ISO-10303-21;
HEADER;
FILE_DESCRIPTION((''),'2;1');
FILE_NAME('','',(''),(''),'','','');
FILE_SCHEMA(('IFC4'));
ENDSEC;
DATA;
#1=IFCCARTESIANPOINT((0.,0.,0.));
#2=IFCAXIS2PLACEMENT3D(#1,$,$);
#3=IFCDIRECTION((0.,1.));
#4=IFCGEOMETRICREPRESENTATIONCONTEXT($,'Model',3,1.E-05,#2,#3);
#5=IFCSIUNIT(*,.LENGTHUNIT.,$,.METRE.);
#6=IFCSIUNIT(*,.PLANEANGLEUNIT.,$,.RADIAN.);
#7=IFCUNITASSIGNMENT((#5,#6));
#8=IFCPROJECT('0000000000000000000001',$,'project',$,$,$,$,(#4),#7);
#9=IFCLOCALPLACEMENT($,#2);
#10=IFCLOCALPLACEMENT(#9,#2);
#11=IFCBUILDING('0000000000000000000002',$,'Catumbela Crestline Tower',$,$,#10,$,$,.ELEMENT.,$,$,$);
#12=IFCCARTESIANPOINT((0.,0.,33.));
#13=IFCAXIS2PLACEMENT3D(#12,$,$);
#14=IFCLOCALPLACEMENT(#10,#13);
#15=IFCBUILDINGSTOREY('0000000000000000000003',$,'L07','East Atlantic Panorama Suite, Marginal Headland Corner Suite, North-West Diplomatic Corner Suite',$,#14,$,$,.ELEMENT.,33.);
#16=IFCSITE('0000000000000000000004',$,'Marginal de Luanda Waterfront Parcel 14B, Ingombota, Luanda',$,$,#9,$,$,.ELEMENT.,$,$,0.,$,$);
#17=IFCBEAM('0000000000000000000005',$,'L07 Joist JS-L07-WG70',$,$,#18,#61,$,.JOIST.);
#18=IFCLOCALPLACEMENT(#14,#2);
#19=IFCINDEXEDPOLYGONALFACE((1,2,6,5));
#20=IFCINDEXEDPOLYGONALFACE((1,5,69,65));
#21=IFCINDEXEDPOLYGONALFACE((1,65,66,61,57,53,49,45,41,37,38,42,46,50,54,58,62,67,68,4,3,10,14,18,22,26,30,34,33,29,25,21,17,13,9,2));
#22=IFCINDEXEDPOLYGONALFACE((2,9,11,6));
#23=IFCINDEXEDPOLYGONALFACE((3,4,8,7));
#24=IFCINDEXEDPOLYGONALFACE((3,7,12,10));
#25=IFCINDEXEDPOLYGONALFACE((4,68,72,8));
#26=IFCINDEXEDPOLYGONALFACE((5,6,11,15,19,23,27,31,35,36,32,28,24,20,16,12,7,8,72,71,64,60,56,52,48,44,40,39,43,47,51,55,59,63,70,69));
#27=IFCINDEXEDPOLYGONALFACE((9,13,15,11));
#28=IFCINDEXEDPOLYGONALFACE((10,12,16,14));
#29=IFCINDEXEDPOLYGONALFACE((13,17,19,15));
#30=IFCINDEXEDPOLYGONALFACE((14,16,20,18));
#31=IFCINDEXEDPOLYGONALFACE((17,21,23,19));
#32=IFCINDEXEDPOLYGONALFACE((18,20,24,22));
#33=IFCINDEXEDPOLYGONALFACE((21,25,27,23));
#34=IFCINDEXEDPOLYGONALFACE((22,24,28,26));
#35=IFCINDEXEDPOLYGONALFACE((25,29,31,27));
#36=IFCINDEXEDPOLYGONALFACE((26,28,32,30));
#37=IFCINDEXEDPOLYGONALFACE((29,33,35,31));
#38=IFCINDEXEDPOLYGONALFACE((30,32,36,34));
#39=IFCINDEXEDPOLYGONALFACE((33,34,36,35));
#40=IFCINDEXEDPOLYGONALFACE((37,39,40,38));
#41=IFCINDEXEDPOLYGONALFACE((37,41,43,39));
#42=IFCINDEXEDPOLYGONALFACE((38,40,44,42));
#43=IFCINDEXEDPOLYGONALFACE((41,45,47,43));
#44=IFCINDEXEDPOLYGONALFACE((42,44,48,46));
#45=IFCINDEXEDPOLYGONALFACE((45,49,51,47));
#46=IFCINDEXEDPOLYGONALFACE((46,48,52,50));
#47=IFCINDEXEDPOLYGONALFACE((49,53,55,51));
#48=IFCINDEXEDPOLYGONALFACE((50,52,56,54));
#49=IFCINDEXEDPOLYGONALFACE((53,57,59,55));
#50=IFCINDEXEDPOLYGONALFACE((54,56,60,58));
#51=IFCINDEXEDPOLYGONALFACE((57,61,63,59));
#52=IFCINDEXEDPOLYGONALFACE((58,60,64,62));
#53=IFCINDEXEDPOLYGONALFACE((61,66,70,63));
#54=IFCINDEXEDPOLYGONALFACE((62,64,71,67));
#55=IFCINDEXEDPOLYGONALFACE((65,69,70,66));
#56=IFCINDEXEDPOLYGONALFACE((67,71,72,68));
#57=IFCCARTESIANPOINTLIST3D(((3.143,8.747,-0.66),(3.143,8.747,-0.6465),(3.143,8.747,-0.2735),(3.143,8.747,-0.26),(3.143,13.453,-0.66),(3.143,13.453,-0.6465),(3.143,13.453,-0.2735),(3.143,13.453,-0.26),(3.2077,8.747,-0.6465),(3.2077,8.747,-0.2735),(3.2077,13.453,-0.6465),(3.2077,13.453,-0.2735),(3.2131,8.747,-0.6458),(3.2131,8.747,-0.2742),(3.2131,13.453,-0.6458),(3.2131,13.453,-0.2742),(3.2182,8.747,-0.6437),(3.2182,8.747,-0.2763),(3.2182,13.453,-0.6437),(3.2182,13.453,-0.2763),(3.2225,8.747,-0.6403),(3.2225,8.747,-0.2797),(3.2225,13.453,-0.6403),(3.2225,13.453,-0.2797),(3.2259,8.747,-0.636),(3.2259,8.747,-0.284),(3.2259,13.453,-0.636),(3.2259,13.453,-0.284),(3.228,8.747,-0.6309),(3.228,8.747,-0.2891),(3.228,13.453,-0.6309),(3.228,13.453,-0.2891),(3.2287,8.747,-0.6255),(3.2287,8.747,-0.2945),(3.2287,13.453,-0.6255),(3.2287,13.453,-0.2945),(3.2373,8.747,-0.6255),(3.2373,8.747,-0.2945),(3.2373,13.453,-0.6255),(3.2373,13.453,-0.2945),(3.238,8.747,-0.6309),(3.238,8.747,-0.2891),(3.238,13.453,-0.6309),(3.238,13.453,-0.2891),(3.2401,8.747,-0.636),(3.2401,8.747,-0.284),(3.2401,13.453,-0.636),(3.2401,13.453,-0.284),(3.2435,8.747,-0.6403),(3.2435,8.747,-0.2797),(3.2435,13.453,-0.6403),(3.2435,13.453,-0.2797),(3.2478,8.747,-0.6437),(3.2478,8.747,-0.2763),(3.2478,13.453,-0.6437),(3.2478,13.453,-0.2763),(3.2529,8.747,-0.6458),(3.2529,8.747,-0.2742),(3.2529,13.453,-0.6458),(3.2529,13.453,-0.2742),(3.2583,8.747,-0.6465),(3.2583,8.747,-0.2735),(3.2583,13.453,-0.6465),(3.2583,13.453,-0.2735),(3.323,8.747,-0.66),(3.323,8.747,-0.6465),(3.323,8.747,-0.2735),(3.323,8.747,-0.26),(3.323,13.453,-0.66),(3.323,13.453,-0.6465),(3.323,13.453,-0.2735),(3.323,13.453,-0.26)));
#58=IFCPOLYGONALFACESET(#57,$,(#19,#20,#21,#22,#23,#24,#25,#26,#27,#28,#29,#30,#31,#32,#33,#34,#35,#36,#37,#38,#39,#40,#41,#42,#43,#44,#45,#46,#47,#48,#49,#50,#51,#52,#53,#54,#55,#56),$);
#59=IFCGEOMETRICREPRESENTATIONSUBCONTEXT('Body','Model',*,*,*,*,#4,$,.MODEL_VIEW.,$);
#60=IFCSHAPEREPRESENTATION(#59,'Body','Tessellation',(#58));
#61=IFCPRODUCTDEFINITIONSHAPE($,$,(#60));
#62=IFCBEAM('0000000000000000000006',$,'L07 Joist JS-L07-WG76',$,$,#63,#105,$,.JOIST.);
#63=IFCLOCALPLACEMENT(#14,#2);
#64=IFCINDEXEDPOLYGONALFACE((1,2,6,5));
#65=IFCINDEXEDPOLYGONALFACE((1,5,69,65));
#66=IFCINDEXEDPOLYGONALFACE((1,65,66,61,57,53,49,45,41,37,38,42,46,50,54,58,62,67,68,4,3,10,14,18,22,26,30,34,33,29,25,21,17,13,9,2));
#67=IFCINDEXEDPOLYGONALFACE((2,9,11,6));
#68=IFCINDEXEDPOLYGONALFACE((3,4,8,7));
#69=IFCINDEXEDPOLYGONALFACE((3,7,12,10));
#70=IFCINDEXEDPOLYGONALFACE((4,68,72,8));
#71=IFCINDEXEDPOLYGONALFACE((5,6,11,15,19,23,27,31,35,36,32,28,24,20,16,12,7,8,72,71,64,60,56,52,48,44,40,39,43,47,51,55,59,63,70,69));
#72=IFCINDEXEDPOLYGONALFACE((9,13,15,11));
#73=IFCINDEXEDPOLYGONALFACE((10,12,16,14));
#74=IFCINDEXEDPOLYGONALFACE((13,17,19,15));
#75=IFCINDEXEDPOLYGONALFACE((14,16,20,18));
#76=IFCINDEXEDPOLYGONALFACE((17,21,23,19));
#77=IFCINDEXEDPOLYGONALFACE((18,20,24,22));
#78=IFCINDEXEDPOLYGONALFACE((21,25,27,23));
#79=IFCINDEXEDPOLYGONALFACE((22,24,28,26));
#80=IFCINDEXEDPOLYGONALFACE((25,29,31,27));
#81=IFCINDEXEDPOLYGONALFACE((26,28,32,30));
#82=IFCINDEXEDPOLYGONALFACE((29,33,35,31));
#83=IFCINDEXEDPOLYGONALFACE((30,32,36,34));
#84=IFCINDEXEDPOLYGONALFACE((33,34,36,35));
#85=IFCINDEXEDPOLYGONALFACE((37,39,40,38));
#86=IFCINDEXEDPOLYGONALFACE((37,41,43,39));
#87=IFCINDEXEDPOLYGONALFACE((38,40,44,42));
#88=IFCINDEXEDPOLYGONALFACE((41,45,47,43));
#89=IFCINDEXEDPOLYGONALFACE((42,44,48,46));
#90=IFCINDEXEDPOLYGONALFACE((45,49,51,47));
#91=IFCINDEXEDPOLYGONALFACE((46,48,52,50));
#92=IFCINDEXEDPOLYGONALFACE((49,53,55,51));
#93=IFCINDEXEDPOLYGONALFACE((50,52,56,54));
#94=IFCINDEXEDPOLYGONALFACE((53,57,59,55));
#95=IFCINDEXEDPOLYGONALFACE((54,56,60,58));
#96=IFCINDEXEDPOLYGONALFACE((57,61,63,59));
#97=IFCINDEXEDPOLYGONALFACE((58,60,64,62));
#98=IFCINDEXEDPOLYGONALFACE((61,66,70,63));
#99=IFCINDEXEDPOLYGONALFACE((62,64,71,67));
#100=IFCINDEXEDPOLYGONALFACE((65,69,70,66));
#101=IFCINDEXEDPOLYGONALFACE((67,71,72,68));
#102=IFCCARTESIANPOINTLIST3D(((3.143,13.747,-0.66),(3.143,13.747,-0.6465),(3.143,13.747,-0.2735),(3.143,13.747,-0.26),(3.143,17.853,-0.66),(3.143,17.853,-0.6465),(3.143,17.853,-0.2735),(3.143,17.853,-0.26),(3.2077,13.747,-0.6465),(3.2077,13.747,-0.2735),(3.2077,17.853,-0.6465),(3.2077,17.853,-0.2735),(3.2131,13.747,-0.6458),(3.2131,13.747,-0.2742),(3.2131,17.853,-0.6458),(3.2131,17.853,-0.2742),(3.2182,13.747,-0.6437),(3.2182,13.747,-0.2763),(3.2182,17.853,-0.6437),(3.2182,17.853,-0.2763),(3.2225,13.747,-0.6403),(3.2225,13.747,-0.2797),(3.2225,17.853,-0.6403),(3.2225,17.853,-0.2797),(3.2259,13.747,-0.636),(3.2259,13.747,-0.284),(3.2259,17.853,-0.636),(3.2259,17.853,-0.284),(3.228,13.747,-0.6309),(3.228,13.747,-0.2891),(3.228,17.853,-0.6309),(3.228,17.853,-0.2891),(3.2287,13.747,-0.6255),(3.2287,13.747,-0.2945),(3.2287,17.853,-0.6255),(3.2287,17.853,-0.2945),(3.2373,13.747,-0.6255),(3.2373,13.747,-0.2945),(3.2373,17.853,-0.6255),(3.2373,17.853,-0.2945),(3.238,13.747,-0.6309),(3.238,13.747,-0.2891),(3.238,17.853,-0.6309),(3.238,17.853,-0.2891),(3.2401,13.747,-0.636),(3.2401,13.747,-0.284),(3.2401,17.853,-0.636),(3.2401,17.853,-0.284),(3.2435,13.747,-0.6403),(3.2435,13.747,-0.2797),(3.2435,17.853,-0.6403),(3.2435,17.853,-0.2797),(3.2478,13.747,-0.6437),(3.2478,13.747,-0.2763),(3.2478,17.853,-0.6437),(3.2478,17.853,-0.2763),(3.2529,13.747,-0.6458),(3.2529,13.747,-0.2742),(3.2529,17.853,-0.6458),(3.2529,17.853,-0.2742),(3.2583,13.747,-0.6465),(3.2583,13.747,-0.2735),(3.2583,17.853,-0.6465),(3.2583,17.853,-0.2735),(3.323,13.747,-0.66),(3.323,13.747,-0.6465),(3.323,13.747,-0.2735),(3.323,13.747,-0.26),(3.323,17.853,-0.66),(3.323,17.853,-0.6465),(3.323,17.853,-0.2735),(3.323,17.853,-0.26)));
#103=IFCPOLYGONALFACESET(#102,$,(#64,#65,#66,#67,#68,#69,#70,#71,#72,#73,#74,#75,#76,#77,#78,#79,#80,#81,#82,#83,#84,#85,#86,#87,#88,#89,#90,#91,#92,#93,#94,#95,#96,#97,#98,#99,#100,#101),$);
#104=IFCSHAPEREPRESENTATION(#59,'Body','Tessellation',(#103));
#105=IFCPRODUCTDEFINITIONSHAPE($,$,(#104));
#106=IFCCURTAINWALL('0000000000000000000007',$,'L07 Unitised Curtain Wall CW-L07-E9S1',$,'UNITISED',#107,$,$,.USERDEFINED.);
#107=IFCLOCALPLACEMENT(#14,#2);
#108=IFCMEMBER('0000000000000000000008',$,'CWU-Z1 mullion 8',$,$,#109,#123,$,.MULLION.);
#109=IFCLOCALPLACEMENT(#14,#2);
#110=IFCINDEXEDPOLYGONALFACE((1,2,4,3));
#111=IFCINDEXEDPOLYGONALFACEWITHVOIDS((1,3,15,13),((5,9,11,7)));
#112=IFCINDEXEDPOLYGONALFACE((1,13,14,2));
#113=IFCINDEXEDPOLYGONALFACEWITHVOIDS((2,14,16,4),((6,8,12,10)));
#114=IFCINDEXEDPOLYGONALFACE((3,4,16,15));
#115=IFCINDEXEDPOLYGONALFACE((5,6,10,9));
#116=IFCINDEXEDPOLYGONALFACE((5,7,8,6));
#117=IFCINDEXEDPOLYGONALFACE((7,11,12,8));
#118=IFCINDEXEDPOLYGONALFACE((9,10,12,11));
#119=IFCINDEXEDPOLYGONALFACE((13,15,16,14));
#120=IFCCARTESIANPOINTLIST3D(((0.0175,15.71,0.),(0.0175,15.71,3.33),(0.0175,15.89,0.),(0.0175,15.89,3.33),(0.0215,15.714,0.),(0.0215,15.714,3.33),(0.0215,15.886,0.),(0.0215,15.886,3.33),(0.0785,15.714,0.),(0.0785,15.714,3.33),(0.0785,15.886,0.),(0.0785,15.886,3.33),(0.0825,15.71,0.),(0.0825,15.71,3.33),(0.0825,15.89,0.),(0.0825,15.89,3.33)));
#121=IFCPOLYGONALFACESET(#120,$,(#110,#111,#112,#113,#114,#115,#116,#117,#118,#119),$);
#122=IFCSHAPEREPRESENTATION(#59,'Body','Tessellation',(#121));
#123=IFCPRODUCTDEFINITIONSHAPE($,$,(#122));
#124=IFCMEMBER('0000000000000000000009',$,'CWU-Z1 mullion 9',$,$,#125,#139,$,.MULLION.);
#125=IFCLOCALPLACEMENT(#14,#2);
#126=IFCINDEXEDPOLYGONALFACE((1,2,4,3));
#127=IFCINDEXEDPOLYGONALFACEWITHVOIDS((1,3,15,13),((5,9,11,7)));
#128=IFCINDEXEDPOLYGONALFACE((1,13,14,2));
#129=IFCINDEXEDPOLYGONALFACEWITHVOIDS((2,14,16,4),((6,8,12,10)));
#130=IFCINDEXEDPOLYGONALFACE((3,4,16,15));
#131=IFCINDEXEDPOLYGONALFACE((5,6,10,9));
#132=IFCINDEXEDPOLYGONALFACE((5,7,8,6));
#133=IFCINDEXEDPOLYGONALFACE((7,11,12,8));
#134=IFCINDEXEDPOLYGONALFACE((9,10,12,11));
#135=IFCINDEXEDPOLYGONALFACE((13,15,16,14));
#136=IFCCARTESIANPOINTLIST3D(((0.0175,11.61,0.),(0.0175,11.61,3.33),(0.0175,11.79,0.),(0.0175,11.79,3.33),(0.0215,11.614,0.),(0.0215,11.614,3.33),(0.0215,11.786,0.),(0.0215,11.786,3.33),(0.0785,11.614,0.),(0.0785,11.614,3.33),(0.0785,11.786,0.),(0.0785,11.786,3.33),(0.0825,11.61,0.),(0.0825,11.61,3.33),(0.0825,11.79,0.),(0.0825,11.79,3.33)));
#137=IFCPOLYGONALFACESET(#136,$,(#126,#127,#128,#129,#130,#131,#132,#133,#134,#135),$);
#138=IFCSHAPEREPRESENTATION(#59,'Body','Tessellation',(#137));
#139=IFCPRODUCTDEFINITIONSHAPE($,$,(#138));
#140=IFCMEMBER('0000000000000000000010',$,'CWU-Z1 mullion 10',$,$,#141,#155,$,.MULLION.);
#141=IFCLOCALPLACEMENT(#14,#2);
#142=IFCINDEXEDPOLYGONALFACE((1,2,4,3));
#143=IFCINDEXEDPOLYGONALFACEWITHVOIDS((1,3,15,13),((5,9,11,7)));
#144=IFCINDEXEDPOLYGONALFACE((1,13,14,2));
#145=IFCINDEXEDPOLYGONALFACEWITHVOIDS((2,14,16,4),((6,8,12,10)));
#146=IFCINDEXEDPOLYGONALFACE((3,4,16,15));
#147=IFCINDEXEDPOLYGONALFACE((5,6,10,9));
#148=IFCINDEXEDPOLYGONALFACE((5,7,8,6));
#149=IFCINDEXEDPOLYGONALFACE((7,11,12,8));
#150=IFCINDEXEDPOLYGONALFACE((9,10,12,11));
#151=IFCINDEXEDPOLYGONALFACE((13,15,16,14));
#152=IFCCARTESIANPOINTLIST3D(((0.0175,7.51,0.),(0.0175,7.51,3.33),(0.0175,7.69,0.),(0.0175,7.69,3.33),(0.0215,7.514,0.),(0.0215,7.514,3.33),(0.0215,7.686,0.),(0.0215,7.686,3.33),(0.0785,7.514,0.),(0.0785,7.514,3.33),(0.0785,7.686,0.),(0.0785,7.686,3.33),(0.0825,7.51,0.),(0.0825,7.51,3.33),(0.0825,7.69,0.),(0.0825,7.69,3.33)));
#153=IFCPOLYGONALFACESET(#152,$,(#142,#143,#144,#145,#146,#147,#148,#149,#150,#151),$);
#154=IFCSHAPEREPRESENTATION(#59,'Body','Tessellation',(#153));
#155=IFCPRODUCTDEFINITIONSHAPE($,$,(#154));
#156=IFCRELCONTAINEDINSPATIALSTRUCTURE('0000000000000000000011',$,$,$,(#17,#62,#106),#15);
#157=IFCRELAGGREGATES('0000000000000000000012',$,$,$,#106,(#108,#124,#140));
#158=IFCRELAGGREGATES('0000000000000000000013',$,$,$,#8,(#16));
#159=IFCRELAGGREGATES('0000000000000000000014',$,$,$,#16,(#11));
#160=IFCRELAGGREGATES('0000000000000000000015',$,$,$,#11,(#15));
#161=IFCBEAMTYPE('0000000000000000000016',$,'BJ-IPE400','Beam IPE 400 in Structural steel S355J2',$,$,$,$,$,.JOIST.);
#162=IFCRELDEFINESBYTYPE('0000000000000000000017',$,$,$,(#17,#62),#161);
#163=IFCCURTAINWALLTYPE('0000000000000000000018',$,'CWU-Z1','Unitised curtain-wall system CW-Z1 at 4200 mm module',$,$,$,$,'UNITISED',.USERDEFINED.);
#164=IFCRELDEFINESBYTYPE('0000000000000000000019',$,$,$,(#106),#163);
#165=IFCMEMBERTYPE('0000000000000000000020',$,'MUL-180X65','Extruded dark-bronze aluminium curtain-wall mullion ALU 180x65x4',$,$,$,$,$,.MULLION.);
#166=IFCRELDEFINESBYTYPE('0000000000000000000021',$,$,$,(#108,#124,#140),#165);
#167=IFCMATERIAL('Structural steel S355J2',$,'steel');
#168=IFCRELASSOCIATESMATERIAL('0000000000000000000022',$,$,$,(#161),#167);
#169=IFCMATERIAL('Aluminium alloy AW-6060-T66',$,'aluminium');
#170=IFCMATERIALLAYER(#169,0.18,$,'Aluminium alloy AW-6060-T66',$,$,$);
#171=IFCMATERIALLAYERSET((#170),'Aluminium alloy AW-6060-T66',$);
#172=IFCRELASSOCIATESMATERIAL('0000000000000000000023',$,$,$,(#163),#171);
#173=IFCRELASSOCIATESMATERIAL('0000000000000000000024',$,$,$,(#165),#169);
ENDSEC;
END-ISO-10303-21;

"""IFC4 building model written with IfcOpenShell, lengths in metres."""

from ifc_helpers import new_model, si_unit, direction, frame, origin, origin_2d, place, context, subcontext, project, spatial, hollow_rectangle, i_section, extrude, material, layer, layer_set, material_profile, profile_set, type_object, element, aggregate, save


model = new_model("IFC4")

# Units and contexts
model_context = context("Model", 3, precision=1e-05, world=origin(), true_north=direction((0.0, 1.0)))
body_context = subcontext(model_context, "Body", "Model", "MODEL_VIEW")
ifc_project = project(units=[si_unit("LENGTHUNIT", "METRE"), si_unit("PLANEANGLEUNIT", "RADIAN")], contexts=[model_context])

# Site, building, storey
site_placement = place(None, origin())
site = spatial("IfcSite", under=ifc_project, at=site_placement, Name="Marginal de Luanda Waterfront Parcel 14B, Ingombota, Luanda", CompositionType="ELEMENT", RefElevation=0.0)
building_placement = place(site_placement, origin())
building = spatial("IfcBuilding", under=site, at=building_placement, Name="Catumbela Crestline Tower", CompositionType="ELEMENT")
storey_placement = place(building_placement, frame((0.0, 0.0, 33.0)))
storey = spatial("IfcBuildingStorey", under=building, at=storey_placement, Name="L07", Description="East Atlantic Panorama Suite, Marginal Headland Corner Suite, North-West Diplomatic Corner Suite", CompositionType="ELEMENT", Elevation=33.0)

# Beams
ifc_material_1 = material(Name="Structural steel S355J2", Category="steel")
ifc_material_profile_1 = material_profile(ifc_material_1, i_section(OverallWidth=0.18, OverallDepth=0.4, WebThickness=0.0086, FlangeThickness=0.0135, FilletRadius=0.021, at=origin_2d()), Name="IPE 400")
ifc_profile_set_1 = profile_set([ifc_material_profile_1], Name="Structural steel S355J2")
beam_type_1 = type_object("IfcBeamType", Name="BJ-IPE400", Description="Beam IPE 400 in Structural steel S355J2", PredefinedType="JOIST", material=ifc_profile_set_1)
beam_1_placement = place(storey_placement, frame((3.233, 8.747, -0.46), z_axis=(0.0, 1.0, 0.0), x_axis=(-1.0, 0.0, 0.0)))
element("IfcBeam", 1, at=beam_1_placement, inside=storey, type_object=beam_type_1, Name="L07 Joist JS-L07-WG70", PredefinedType="JOIST", context=body_context, shape_type="SweptSolid", body=[
    extrude(i_section(OverallWidth=0.18, OverallDepth=0.4, WebThickness=0.0086, FlangeThickness=0.0135, FilletRadius=0.021, at=origin_2d()), origin(), (0.0, 0.0, 1.0), 4.706),
])
beam_2_placement = place(storey_placement, frame((3.233, 13.747, -0.46), z_axis=(0.0, 1.0, 0.0), x_axis=(-1.0, 0.0, 0.0)))
element("IfcBeam", 2, at=beam_2_placement, inside=storey, type_object=beam_type_1, Name="L07 Joist JS-L07-WG76", PredefinedType="JOIST", context=body_context, shape_type="SweptSolid", body=[
    extrude(i_section(OverallWidth=0.18, OverallDepth=0.4, WebThickness=0.0086, FlangeThickness=0.0135, FilletRadius=0.021, at=origin_2d()), origin(), (0.0, 0.0, 1.0), 4.106),
])

# Curtain wall, members
ifc_material_2 = material(Name="Aluminium alloy AW-6060-T66", Category="aluminium")
ifc_layer_1 = layer(ifc_material_2, 0.18, Name="Aluminium alloy AW-6060-T66")
ifc_layer_set_1 = layer_set([ifc_layer_1], Name="Aluminium alloy AW-6060-T66")
curtain_wall_type = type_object("IfcCurtainWallType", Name="CWU-Z1", Description="Unitised curtain-wall system CW-Z1 at 4200 mm module", ElementType="UNITISED", PredefinedType="USERDEFINED", material=ifc_layer_set_1)
curtain_wall_placement = place(storey_placement, origin())
curtain_wall = element("IfcCurtainWall", 3, at=curtain_wall_placement, inside=storey, type_object=curtain_wall_type, Name="L07 Unitised Curtain Wall CW-L07-E9S1", ObjectType="UNITISED", PredefinedType="USERDEFINED")
ifc_material_profile_2 = material_profile(ifc_material_2, hollow_rectangle(XDim=0.065, YDim=0.18, WallThickness=0.004, at=origin_2d()), Name="ALU 180x65x4")
ifc_profile_set_2 = profile_set([ifc_material_profile_2], Name="Aluminium alloy AW-6060-T66")
member_type_1 = type_object("IfcMemberType", Name="MUL-180X65", Description="Extruded dark-bronze aluminium curtain-wall mullion ALU 180x65x4", PredefinedType="MULLION", material=ifc_profile_set_2)
member_1_placement = place(storey_placement, frame((0.05, 15.8, 0.0), z_axis=(0.0, 0.0, 1.0), x_axis=(1.0, 0.0, 0.0)))
member_1 = element("IfcMember", 4, at=member_1_placement, type_object=member_type_1, Name="CWU-Z1 mullion 8", PredefinedType="MULLION", context=body_context, shape_type="SweptSolid", body=[
    extrude(hollow_rectangle(XDim=0.065, YDim=0.18, WallThickness=0.004, at=origin_2d()), origin(), (0.0, 0.0, 1.0), 3.33),
])
member_2_placement = place(storey_placement, frame((0.05, 11.7, 0.0), z_axis=(0.0, 0.0, 1.0), x_axis=(1.0, 0.0, 0.0)))
member_2 = element("IfcMember", 5, at=member_2_placement, type_object=member_type_1, Name="CWU-Z1 mullion 9", PredefinedType="MULLION", context=body_context, shape_type="SweptSolid", body=[
    extrude(hollow_rectangle(XDim=0.065, YDim=0.18, WallThickness=0.004, at=origin_2d()), origin(), (0.0, 0.0, 1.0), 3.33),
])
member_3_placement = place(storey_placement, frame((0.05, 7.6, 0.0), z_axis=(0.0, 0.0, 1.0), x_axis=(1.0, 0.0, 0.0)))
member_3 = element("IfcMember", 6, at=member_3_placement, type_object=member_type_1, Name="CWU-Z1 mullion 10", PredefinedType="MULLION", context=body_context, shape_type="SweptSolid", body=[
    extrude(hollow_rectangle(XDim=0.065, YDim=0.18, WallThickness=0.004, at=origin_2d()), origin(), (0.0, 0.0, 1.0), 3.33),
])

aggregate(curtain_wall, [member_1, member_2, member_3])

save(model, "model.ifc")
